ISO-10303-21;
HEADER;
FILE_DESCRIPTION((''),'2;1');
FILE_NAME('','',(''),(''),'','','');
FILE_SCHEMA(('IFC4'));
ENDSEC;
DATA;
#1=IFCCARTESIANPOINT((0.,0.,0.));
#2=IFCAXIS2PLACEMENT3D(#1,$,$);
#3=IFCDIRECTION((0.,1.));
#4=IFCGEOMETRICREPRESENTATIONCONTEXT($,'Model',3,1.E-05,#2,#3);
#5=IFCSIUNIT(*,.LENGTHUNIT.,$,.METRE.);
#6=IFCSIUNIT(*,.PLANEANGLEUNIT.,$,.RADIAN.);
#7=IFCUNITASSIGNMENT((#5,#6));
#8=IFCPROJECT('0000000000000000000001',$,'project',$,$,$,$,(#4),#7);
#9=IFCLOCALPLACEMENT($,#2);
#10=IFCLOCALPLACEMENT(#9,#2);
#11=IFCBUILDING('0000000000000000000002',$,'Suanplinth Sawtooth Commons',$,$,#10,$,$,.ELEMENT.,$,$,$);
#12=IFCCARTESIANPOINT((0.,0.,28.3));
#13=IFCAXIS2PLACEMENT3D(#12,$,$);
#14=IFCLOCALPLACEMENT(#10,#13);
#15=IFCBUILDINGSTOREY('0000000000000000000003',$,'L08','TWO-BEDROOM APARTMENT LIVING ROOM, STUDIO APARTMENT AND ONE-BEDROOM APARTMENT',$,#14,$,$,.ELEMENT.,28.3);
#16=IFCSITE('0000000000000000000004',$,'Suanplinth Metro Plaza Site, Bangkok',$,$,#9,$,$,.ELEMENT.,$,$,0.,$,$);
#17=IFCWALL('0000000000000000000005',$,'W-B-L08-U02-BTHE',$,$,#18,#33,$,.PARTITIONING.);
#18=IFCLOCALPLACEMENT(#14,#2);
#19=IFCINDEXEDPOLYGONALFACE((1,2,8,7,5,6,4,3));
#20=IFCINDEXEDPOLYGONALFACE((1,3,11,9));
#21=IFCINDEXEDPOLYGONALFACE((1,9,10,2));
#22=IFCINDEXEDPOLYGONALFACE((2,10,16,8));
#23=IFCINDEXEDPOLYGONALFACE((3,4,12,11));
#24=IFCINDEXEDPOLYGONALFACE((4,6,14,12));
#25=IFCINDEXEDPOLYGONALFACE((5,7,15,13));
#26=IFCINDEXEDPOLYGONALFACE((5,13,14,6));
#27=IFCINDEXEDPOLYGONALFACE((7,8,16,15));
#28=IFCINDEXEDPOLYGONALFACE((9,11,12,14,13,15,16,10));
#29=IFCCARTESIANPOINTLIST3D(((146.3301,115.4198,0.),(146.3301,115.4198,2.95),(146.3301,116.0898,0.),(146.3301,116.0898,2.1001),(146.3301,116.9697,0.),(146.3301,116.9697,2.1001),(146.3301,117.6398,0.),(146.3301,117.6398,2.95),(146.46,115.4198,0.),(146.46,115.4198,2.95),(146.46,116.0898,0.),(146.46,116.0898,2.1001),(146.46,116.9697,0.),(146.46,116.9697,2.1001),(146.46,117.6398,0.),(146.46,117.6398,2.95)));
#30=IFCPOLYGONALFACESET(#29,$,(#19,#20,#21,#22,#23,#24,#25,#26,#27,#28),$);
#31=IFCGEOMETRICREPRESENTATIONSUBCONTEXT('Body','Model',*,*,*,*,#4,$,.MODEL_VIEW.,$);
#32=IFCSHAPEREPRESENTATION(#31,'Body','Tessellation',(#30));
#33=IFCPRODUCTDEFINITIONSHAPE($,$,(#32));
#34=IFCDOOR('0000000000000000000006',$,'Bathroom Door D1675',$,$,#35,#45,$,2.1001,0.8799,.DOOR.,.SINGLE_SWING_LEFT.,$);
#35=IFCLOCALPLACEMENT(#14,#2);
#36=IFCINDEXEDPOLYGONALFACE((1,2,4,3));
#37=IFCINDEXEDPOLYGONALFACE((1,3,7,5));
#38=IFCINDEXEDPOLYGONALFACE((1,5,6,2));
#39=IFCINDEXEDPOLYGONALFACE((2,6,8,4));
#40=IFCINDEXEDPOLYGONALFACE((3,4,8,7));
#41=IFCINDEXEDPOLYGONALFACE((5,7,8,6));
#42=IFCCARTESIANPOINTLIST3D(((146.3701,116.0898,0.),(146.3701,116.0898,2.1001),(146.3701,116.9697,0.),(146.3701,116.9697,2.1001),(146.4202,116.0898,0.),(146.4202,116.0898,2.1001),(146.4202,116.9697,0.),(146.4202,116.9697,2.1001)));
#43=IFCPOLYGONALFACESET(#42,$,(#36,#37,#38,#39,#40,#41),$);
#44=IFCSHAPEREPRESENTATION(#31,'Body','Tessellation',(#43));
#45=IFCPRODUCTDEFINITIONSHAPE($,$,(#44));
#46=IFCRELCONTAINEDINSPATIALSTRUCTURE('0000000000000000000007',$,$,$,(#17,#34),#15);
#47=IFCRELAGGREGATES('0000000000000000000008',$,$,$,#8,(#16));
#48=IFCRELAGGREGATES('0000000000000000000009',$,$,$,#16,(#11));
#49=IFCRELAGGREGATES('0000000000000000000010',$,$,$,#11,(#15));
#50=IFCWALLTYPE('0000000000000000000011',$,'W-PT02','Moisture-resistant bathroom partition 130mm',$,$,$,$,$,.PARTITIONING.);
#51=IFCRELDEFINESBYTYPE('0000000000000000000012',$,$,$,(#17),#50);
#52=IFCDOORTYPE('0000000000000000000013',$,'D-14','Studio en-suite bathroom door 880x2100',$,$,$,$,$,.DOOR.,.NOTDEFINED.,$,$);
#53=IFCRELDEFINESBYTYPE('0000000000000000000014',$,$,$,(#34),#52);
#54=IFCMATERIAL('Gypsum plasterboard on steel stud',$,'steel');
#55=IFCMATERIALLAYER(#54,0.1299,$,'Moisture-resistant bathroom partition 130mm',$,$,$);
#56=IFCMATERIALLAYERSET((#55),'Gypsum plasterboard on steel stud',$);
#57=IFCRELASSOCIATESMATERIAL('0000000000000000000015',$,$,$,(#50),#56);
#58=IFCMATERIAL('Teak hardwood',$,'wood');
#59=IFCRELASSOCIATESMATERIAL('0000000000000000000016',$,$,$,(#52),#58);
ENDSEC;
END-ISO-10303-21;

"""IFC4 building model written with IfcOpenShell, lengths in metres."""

from ifc_helpers import new_model, si_unit, direction, frame, frame_2d, origin, place, context, subcontext, project, spatial, rectangle, extrude, material, layer, layer_set, type_object, element, fill, save


model = new_model("IFC4")

# Units and contexts
model_context = context("Model", 3, precision=1e-05, world=origin(), true_north=direction((0.0, 1.0)))
body_context = subcontext(model_context, "Body", "Model", "MODEL_VIEW")
ifc_project = project(units=[si_unit("LENGTHUNIT", "METRE"), si_unit("PLANEANGLEUNIT", "RADIAN")], contexts=[model_context])

# Site, building, storey
site_placement = place(None, origin())
site = spatial("IfcSite", under=ifc_project, at=site_placement, Name="Suanplinth Metro Plaza Site, Bangkok", CompositionType="ELEMENT", RefElevation=0.0)
building_placement = place(site_placement, origin())
building = spatial("IfcBuilding", under=site, at=building_placement, Name="Suanplinth Sawtooth Commons", CompositionType="ELEMENT")
storey_placement = place(building_placement, frame((0.0, 0.0, 28.3)))
storey = spatial("IfcBuildingStorey", under=building, at=storey_placement, Name="L08", Description="TWO-BEDROOM APARTMENT LIVING ROOM, STUDIO APARTMENT AND ONE-BEDROOM APARTMENT", CompositionType="ELEMENT", Elevation=28.3)

# Wall, opening, door
ifc_material_1 = material(Name="Gypsum plasterboard on steel stud", Category="steel")
ifc_material_2 = material(Name="Teak hardwood", Category="wood")
ifc_layer_1 = layer(ifc_material_1, 0.1299, Name="Moisture-resistant bathroom partition 130mm")
ifc_layer_set_1 = layer_set([ifc_layer_1], Name="Gypsum plasterboard on steel stud")
wall_type_1 = type_object("IfcWallType", Name="W-PT02", Description="Moisture-resistant bathroom partition 130mm", PredefinedType="PARTITIONING", material=ifc_layer_set_1)
wall_1_placement = place(storey_placement, frame((146.395, 115.4199, 0.0), z_axis=(0.0, 0.0, 1.0), x_axis=(0.0, 1.0, 0.0)))
wall_1 = element("IfcWall", 1, at=wall_1_placement, inside=storey, type_object=wall_type_1, Name="W-B-L08-U02-BTHE", PredefinedType="PARTITIONING", context=body_context, shape_type="SweptSolid", body=[
    extrude(rectangle(XDim=2.22, YDim=0.1299, at=frame_2d((1.1099, 0.0))), origin(), (0.0, 0.0, 1.0), 2.95),
])
opening_1_placement = place(wall_1_placement, frame((0.6699, 0.0, 0.0)))
opening_1 = element("IfcOpeningElement", 2, at=opening_1_placement, cuts=wall_1, PredefinedType="OPENING", context=body_context, shape_type="SweptSolid", body=[
    extrude(rectangle(XDim=0.8799, YDim=2.1001, at=frame_2d((0.4399, 1.05))), frame((0.0, 0.0798, 0.0), z_axis=(0.0, -1.0, 0.0), x_axis=(1.0, 0.0, 0.0)), (0.0, 0.0, 1.0), 0.1597),
])
door_type_1 = type_object("IfcDoorType", Name="D-14", Description="Studio en-suite bathroom door 880x2100", OperationType="NOTDEFINED", PredefinedType="DOOR", material=ifc_material_2)
door_1_placement = place(opening_1_placement, origin())
door_1 = element("IfcDoor", 3, at=door_1_placement, inside=storey, type_object=door_type_1, Name="Bathroom Door D1675", OperationType="SINGLE_SWING_LEFT", OverallHeight=2.1001, OverallWidth=0.8799, PredefinedType="DOOR", context=body_context, shape_type="SweptSolid", body=[
    extrude(rectangle(XDim=0.8799, YDim=2.1001, at=frame_2d((0.4399, 1.05))), frame((0.0, 0.0249, 0.0), z_axis=(0.0, -1.0, 0.0), x_axis=(1.0, 0.0, 0.0)), (0.0, 0.0, 1.0), 0.05),
])
fill(opening_1, door_1)

save(model, "model.ifc")
